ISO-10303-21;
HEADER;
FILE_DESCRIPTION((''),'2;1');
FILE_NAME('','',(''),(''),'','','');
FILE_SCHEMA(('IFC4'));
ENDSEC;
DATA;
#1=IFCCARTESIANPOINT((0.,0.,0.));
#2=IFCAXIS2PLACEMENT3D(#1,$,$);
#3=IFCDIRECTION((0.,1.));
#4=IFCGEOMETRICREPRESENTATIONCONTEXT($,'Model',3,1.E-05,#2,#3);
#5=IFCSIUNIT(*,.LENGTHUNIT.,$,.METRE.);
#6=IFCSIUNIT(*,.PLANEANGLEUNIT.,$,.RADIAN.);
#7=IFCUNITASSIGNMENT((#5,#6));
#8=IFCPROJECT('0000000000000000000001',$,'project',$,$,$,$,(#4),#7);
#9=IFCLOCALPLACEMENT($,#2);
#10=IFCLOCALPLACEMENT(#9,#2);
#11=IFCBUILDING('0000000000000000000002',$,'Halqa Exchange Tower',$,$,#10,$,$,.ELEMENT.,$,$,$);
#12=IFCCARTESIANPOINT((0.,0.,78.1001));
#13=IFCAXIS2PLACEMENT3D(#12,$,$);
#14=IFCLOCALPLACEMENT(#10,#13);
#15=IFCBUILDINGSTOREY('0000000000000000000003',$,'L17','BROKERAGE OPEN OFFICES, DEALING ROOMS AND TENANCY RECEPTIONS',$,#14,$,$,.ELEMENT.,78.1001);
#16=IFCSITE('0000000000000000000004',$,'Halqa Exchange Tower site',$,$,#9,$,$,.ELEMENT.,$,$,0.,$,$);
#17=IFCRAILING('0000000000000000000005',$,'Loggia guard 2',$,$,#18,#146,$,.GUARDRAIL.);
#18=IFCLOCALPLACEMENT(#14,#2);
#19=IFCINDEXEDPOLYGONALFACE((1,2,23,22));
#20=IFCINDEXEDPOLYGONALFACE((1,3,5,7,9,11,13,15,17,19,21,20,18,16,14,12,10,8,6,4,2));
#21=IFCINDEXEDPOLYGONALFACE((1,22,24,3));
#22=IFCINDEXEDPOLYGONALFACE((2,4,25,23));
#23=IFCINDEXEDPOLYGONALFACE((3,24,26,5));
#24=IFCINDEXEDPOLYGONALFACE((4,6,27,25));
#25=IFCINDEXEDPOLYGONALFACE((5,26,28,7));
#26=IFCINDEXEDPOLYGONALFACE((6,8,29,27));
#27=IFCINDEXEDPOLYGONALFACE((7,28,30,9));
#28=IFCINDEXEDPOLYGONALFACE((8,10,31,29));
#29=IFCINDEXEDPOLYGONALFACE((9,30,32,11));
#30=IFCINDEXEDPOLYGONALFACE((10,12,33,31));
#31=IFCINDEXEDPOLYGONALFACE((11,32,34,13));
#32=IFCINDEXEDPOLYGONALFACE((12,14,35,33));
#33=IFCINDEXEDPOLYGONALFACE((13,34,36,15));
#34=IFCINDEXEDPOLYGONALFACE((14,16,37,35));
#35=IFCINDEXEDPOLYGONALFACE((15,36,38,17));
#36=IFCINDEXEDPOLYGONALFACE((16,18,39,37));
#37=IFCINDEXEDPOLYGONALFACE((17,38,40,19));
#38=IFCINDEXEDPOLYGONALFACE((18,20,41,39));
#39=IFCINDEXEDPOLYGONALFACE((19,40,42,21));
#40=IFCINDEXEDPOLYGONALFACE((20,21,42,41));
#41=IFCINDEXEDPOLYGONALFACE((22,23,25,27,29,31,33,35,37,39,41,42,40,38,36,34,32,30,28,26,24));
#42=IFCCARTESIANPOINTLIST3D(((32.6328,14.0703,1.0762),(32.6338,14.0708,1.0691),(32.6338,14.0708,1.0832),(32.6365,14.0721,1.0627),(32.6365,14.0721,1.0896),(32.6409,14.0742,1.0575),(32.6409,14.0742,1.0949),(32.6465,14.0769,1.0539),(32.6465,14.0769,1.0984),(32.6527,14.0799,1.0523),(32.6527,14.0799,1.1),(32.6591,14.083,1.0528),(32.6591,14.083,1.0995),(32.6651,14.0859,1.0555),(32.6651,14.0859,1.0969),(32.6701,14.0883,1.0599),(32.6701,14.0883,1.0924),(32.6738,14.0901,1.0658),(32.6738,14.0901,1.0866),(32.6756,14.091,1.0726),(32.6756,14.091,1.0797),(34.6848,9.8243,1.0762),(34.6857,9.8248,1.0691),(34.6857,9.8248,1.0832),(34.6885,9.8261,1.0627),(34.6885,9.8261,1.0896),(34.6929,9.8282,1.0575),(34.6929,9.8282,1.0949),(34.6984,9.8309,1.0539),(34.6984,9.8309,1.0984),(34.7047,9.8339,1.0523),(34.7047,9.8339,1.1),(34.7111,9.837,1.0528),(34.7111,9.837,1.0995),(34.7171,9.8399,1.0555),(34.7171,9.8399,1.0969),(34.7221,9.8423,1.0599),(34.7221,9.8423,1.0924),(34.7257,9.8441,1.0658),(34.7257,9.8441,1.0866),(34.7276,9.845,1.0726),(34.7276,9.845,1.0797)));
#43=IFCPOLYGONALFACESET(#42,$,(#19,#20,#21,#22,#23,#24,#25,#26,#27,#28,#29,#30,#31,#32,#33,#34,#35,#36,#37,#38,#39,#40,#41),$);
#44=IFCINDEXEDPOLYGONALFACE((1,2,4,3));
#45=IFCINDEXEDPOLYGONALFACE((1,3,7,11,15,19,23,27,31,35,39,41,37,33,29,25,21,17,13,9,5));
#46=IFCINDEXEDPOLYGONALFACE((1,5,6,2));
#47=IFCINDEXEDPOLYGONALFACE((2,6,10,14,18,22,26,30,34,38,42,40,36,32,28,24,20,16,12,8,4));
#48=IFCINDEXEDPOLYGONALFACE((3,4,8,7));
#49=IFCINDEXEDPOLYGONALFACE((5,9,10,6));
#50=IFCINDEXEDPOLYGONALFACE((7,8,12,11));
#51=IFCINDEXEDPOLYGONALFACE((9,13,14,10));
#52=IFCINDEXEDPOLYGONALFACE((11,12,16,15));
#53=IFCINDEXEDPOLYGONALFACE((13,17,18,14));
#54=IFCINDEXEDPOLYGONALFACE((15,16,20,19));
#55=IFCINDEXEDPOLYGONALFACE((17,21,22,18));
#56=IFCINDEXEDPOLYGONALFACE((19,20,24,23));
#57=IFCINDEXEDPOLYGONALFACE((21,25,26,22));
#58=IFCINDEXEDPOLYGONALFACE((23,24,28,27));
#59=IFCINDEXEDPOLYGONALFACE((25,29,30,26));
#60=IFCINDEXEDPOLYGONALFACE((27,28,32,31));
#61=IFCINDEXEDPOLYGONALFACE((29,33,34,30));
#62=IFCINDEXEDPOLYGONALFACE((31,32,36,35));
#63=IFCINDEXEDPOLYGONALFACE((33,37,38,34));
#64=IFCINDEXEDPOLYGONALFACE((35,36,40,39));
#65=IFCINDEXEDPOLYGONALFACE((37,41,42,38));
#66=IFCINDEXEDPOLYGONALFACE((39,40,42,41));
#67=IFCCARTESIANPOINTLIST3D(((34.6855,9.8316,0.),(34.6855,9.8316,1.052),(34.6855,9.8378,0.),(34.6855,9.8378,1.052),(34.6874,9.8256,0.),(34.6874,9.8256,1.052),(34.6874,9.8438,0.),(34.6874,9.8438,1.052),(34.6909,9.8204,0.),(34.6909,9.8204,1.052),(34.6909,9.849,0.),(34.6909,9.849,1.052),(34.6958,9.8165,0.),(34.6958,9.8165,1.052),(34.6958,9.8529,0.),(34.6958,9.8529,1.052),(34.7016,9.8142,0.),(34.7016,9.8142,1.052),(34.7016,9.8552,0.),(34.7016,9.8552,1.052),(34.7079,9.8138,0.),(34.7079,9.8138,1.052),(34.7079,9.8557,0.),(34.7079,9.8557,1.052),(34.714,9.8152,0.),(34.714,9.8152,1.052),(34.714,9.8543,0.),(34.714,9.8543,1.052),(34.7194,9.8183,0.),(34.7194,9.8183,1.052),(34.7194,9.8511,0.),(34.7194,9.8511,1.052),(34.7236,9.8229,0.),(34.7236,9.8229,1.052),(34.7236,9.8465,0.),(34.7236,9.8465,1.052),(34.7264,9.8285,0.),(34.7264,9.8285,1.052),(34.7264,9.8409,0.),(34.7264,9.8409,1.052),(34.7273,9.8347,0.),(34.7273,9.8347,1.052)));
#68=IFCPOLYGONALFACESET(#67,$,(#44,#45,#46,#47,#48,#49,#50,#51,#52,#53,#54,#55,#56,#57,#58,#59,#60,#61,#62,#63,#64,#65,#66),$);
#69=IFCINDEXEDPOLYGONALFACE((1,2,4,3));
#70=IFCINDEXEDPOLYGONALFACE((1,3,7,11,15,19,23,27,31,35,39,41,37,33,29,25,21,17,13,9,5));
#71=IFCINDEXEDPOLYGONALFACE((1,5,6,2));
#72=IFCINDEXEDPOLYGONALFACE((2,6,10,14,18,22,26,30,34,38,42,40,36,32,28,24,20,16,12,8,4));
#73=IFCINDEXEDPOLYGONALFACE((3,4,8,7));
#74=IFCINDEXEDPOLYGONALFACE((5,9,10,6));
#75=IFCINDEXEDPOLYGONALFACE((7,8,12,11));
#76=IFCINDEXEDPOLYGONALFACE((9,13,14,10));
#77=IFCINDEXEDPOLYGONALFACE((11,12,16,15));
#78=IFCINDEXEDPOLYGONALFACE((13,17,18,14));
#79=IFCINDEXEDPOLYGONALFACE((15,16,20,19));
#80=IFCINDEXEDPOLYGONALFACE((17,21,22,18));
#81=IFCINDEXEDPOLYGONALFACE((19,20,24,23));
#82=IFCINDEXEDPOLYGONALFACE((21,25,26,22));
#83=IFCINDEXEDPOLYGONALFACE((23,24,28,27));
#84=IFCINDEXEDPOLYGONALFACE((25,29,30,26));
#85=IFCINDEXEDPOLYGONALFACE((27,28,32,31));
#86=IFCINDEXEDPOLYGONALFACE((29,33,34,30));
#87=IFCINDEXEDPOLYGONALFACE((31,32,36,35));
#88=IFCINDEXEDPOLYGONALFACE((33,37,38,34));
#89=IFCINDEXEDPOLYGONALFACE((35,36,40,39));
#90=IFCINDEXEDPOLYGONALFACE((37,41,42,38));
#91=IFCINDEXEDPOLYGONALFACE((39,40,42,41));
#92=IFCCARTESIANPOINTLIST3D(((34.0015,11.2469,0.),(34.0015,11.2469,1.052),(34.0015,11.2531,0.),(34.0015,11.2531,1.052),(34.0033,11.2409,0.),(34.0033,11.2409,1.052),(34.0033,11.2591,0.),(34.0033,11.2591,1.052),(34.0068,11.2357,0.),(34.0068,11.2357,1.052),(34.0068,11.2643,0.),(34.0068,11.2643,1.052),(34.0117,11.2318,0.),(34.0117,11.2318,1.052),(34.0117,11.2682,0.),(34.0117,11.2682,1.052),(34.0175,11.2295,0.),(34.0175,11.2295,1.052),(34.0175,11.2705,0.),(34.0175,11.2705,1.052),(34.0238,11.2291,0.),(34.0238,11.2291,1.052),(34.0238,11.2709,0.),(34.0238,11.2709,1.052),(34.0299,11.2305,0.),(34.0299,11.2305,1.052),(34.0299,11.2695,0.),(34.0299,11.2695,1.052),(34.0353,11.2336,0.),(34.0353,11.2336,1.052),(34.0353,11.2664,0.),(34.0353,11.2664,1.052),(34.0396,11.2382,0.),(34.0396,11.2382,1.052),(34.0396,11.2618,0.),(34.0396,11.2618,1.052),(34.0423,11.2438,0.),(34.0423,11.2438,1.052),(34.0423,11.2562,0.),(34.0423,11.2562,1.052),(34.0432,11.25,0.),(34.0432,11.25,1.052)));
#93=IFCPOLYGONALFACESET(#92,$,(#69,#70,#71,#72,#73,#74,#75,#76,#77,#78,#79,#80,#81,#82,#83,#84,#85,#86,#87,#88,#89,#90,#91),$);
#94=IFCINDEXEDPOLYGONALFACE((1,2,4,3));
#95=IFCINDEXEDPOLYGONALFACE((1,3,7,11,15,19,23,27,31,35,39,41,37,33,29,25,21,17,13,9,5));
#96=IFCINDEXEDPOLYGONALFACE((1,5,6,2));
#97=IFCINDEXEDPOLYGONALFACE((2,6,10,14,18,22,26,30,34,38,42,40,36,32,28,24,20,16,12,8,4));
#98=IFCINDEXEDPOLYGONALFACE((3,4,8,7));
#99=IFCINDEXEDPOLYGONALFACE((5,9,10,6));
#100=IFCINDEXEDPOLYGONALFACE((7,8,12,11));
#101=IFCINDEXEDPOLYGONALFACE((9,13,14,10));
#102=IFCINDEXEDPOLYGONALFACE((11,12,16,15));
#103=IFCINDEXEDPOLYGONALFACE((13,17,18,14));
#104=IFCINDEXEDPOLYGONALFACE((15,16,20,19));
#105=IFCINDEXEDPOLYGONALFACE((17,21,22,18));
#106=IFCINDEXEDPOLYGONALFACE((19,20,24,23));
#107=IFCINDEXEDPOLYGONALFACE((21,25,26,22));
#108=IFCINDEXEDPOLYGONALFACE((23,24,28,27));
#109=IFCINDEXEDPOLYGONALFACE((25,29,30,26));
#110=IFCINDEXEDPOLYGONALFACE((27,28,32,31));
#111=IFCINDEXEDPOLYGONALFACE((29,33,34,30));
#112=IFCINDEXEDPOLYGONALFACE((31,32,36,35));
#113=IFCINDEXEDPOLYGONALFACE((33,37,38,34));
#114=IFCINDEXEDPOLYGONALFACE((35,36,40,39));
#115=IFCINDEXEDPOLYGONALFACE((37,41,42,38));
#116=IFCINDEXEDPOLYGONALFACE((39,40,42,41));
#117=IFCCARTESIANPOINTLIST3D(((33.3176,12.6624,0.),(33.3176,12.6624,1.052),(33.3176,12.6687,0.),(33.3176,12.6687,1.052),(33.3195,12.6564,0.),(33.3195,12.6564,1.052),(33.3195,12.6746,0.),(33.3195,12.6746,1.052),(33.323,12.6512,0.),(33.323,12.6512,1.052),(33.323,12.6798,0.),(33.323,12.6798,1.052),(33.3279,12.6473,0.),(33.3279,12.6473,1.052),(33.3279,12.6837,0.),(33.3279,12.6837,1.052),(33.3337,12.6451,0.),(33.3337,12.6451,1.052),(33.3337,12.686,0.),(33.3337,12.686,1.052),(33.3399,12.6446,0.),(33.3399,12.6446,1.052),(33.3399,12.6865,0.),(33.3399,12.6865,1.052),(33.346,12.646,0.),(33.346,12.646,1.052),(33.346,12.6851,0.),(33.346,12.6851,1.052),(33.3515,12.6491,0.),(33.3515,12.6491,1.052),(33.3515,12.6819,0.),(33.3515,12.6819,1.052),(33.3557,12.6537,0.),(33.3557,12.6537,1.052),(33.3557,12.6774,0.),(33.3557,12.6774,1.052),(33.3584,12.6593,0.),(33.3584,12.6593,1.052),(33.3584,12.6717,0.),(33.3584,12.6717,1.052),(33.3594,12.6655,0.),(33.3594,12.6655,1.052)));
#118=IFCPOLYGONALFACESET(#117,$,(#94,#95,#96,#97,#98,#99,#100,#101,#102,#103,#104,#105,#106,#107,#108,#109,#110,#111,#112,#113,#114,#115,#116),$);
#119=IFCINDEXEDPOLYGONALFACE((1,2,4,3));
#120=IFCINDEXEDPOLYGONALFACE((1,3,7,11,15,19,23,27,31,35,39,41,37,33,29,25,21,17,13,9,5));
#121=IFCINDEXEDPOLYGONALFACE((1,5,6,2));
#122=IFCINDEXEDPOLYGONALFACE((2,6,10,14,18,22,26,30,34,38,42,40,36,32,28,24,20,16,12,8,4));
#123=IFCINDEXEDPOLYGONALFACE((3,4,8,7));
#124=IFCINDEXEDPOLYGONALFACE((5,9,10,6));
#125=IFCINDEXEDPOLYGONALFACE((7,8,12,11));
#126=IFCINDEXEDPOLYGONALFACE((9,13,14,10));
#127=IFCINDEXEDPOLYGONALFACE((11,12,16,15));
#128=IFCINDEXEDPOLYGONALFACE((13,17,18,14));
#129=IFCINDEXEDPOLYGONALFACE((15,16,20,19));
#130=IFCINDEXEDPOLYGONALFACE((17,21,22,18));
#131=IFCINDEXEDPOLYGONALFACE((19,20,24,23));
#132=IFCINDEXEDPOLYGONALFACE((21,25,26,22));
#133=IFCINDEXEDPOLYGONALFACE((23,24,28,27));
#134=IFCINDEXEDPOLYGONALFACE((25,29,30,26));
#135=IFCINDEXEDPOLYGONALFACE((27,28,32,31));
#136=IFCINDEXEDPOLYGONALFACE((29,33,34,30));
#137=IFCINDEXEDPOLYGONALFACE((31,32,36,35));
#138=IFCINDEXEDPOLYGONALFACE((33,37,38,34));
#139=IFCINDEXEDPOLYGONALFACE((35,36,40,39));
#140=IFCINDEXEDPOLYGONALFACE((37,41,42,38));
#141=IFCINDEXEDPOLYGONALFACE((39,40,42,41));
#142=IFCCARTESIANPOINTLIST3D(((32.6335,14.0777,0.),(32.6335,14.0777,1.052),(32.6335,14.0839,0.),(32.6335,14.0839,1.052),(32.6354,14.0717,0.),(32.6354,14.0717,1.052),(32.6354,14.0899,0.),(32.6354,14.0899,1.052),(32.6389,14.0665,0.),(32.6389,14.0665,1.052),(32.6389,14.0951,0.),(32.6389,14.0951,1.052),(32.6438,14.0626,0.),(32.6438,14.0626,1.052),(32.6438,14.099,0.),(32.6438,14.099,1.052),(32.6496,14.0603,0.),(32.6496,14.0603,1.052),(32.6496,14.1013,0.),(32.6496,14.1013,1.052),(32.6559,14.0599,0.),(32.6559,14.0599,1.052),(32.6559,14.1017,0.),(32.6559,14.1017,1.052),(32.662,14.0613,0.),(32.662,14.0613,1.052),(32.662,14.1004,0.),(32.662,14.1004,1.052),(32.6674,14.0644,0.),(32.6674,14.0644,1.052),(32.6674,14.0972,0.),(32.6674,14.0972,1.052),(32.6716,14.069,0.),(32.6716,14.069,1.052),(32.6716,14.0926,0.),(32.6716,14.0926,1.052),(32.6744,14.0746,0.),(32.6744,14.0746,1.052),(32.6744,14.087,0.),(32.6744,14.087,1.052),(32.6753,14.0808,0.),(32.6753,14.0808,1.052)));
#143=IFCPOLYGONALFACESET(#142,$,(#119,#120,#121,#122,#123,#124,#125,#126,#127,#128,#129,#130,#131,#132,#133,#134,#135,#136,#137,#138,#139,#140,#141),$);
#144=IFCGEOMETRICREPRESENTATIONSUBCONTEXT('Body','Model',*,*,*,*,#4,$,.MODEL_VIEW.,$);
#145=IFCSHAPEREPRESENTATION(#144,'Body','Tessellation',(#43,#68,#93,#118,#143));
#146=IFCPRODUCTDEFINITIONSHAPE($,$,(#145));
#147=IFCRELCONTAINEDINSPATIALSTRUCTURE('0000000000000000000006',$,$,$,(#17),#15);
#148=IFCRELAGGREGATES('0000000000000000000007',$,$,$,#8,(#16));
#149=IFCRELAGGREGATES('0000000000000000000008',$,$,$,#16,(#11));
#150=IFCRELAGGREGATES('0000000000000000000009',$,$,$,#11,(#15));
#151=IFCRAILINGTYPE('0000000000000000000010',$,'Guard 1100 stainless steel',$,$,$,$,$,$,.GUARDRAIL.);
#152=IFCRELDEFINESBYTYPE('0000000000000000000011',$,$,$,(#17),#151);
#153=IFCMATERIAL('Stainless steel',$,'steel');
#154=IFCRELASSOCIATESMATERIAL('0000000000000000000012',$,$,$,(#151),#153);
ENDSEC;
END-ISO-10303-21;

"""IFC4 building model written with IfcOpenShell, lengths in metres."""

from ifc_helpers import new_model, si_unit, direction, frame, origin, origin_2d, place, context, subcontext, project, spatial, circle, extrude, material, type_object, element, save


model = new_model("IFC4")

# Units and contexts
model_context = context("Model", 3, precision=1e-05, world=origin(), true_north=direction((0.0, 1.0)))
body_context = subcontext(model_context, "Body", "Model", "MODEL_VIEW")
ifc_project = project(units=[si_unit("LENGTHUNIT", "METRE"), si_unit("PLANEANGLEUNIT", "RADIAN")], contexts=[model_context])

# Site, building, storey
site_placement = place(None, origin())
site = spatial("IfcSite", under=ifc_project, at=site_placement, Name="Halqa Exchange Tower site", CompositionType="ELEMENT", RefElevation=0.0)
building_placement = place(site_placement, origin())
building = spatial("IfcBuilding", under=site, at=building_placement, Name="Halqa Exchange Tower", CompositionType="ELEMENT")
storey_placement = place(building_placement, frame((0.0, 0.0, 78.1001)))
storey = spatial("IfcBuildingStorey", under=building, at=storey_placement, Name="L17", Description="BROKERAGE OPEN OFFICES, DEALING ROOMS AND TENANCY RECEPTIONS", CompositionType="ELEMENT", Elevation=78.1001)

# Railing
ifc_material_1 = material(Name="Stainless steel", Category="steel")
railing_type = type_object("IfcRailingType", Name="Guard 1100 stainless steel", PredefinedType="GUARDRAIL", material=ifc_material_1)
railing_1_placement = place(storey_placement, frame((34.7063, 9.8347, 0.0)))
element("IfcRailing", 1, at=railing_1_placement, inside=storey, type_object=railing_type, Name="Loggia guard 2", PredefinedType="GUARDRAIL", context=body_context, shape_type="SweptSolid", body=[
    extrude(circle(Radius=0.0239, at=origin_2d()), frame((0.0, 0.0, 1.0762), z_axis=(-0.435121, 0.900372, 0.0), x_axis=(-0.900372, -0.435121, 0.0)), (0.0, 0.0, 1.0), 4.7158),
    extrude(circle(Radius=0.021, at=origin_2d()), origin(), (0.0, 0.0, 1.0), 1.052),
    extrude(circle(Radius=0.021, at=origin_2d()), frame((-0.6841, 1.4153, 0.0)), (0.0, 0.0, 1.0), 1.052),
    extrude(circle(Radius=0.021, at=origin_2d()), frame((-1.3679, 2.8308, 0.0)), (0.0, 0.0, 1.0), 1.052),
    extrude(circle(Radius=0.021, at=origin_2d()), frame((-2.052, 4.2461, 0.0)), (0.0, 0.0, 1.0), 1.052),
])

save(model, "model.ifc")
